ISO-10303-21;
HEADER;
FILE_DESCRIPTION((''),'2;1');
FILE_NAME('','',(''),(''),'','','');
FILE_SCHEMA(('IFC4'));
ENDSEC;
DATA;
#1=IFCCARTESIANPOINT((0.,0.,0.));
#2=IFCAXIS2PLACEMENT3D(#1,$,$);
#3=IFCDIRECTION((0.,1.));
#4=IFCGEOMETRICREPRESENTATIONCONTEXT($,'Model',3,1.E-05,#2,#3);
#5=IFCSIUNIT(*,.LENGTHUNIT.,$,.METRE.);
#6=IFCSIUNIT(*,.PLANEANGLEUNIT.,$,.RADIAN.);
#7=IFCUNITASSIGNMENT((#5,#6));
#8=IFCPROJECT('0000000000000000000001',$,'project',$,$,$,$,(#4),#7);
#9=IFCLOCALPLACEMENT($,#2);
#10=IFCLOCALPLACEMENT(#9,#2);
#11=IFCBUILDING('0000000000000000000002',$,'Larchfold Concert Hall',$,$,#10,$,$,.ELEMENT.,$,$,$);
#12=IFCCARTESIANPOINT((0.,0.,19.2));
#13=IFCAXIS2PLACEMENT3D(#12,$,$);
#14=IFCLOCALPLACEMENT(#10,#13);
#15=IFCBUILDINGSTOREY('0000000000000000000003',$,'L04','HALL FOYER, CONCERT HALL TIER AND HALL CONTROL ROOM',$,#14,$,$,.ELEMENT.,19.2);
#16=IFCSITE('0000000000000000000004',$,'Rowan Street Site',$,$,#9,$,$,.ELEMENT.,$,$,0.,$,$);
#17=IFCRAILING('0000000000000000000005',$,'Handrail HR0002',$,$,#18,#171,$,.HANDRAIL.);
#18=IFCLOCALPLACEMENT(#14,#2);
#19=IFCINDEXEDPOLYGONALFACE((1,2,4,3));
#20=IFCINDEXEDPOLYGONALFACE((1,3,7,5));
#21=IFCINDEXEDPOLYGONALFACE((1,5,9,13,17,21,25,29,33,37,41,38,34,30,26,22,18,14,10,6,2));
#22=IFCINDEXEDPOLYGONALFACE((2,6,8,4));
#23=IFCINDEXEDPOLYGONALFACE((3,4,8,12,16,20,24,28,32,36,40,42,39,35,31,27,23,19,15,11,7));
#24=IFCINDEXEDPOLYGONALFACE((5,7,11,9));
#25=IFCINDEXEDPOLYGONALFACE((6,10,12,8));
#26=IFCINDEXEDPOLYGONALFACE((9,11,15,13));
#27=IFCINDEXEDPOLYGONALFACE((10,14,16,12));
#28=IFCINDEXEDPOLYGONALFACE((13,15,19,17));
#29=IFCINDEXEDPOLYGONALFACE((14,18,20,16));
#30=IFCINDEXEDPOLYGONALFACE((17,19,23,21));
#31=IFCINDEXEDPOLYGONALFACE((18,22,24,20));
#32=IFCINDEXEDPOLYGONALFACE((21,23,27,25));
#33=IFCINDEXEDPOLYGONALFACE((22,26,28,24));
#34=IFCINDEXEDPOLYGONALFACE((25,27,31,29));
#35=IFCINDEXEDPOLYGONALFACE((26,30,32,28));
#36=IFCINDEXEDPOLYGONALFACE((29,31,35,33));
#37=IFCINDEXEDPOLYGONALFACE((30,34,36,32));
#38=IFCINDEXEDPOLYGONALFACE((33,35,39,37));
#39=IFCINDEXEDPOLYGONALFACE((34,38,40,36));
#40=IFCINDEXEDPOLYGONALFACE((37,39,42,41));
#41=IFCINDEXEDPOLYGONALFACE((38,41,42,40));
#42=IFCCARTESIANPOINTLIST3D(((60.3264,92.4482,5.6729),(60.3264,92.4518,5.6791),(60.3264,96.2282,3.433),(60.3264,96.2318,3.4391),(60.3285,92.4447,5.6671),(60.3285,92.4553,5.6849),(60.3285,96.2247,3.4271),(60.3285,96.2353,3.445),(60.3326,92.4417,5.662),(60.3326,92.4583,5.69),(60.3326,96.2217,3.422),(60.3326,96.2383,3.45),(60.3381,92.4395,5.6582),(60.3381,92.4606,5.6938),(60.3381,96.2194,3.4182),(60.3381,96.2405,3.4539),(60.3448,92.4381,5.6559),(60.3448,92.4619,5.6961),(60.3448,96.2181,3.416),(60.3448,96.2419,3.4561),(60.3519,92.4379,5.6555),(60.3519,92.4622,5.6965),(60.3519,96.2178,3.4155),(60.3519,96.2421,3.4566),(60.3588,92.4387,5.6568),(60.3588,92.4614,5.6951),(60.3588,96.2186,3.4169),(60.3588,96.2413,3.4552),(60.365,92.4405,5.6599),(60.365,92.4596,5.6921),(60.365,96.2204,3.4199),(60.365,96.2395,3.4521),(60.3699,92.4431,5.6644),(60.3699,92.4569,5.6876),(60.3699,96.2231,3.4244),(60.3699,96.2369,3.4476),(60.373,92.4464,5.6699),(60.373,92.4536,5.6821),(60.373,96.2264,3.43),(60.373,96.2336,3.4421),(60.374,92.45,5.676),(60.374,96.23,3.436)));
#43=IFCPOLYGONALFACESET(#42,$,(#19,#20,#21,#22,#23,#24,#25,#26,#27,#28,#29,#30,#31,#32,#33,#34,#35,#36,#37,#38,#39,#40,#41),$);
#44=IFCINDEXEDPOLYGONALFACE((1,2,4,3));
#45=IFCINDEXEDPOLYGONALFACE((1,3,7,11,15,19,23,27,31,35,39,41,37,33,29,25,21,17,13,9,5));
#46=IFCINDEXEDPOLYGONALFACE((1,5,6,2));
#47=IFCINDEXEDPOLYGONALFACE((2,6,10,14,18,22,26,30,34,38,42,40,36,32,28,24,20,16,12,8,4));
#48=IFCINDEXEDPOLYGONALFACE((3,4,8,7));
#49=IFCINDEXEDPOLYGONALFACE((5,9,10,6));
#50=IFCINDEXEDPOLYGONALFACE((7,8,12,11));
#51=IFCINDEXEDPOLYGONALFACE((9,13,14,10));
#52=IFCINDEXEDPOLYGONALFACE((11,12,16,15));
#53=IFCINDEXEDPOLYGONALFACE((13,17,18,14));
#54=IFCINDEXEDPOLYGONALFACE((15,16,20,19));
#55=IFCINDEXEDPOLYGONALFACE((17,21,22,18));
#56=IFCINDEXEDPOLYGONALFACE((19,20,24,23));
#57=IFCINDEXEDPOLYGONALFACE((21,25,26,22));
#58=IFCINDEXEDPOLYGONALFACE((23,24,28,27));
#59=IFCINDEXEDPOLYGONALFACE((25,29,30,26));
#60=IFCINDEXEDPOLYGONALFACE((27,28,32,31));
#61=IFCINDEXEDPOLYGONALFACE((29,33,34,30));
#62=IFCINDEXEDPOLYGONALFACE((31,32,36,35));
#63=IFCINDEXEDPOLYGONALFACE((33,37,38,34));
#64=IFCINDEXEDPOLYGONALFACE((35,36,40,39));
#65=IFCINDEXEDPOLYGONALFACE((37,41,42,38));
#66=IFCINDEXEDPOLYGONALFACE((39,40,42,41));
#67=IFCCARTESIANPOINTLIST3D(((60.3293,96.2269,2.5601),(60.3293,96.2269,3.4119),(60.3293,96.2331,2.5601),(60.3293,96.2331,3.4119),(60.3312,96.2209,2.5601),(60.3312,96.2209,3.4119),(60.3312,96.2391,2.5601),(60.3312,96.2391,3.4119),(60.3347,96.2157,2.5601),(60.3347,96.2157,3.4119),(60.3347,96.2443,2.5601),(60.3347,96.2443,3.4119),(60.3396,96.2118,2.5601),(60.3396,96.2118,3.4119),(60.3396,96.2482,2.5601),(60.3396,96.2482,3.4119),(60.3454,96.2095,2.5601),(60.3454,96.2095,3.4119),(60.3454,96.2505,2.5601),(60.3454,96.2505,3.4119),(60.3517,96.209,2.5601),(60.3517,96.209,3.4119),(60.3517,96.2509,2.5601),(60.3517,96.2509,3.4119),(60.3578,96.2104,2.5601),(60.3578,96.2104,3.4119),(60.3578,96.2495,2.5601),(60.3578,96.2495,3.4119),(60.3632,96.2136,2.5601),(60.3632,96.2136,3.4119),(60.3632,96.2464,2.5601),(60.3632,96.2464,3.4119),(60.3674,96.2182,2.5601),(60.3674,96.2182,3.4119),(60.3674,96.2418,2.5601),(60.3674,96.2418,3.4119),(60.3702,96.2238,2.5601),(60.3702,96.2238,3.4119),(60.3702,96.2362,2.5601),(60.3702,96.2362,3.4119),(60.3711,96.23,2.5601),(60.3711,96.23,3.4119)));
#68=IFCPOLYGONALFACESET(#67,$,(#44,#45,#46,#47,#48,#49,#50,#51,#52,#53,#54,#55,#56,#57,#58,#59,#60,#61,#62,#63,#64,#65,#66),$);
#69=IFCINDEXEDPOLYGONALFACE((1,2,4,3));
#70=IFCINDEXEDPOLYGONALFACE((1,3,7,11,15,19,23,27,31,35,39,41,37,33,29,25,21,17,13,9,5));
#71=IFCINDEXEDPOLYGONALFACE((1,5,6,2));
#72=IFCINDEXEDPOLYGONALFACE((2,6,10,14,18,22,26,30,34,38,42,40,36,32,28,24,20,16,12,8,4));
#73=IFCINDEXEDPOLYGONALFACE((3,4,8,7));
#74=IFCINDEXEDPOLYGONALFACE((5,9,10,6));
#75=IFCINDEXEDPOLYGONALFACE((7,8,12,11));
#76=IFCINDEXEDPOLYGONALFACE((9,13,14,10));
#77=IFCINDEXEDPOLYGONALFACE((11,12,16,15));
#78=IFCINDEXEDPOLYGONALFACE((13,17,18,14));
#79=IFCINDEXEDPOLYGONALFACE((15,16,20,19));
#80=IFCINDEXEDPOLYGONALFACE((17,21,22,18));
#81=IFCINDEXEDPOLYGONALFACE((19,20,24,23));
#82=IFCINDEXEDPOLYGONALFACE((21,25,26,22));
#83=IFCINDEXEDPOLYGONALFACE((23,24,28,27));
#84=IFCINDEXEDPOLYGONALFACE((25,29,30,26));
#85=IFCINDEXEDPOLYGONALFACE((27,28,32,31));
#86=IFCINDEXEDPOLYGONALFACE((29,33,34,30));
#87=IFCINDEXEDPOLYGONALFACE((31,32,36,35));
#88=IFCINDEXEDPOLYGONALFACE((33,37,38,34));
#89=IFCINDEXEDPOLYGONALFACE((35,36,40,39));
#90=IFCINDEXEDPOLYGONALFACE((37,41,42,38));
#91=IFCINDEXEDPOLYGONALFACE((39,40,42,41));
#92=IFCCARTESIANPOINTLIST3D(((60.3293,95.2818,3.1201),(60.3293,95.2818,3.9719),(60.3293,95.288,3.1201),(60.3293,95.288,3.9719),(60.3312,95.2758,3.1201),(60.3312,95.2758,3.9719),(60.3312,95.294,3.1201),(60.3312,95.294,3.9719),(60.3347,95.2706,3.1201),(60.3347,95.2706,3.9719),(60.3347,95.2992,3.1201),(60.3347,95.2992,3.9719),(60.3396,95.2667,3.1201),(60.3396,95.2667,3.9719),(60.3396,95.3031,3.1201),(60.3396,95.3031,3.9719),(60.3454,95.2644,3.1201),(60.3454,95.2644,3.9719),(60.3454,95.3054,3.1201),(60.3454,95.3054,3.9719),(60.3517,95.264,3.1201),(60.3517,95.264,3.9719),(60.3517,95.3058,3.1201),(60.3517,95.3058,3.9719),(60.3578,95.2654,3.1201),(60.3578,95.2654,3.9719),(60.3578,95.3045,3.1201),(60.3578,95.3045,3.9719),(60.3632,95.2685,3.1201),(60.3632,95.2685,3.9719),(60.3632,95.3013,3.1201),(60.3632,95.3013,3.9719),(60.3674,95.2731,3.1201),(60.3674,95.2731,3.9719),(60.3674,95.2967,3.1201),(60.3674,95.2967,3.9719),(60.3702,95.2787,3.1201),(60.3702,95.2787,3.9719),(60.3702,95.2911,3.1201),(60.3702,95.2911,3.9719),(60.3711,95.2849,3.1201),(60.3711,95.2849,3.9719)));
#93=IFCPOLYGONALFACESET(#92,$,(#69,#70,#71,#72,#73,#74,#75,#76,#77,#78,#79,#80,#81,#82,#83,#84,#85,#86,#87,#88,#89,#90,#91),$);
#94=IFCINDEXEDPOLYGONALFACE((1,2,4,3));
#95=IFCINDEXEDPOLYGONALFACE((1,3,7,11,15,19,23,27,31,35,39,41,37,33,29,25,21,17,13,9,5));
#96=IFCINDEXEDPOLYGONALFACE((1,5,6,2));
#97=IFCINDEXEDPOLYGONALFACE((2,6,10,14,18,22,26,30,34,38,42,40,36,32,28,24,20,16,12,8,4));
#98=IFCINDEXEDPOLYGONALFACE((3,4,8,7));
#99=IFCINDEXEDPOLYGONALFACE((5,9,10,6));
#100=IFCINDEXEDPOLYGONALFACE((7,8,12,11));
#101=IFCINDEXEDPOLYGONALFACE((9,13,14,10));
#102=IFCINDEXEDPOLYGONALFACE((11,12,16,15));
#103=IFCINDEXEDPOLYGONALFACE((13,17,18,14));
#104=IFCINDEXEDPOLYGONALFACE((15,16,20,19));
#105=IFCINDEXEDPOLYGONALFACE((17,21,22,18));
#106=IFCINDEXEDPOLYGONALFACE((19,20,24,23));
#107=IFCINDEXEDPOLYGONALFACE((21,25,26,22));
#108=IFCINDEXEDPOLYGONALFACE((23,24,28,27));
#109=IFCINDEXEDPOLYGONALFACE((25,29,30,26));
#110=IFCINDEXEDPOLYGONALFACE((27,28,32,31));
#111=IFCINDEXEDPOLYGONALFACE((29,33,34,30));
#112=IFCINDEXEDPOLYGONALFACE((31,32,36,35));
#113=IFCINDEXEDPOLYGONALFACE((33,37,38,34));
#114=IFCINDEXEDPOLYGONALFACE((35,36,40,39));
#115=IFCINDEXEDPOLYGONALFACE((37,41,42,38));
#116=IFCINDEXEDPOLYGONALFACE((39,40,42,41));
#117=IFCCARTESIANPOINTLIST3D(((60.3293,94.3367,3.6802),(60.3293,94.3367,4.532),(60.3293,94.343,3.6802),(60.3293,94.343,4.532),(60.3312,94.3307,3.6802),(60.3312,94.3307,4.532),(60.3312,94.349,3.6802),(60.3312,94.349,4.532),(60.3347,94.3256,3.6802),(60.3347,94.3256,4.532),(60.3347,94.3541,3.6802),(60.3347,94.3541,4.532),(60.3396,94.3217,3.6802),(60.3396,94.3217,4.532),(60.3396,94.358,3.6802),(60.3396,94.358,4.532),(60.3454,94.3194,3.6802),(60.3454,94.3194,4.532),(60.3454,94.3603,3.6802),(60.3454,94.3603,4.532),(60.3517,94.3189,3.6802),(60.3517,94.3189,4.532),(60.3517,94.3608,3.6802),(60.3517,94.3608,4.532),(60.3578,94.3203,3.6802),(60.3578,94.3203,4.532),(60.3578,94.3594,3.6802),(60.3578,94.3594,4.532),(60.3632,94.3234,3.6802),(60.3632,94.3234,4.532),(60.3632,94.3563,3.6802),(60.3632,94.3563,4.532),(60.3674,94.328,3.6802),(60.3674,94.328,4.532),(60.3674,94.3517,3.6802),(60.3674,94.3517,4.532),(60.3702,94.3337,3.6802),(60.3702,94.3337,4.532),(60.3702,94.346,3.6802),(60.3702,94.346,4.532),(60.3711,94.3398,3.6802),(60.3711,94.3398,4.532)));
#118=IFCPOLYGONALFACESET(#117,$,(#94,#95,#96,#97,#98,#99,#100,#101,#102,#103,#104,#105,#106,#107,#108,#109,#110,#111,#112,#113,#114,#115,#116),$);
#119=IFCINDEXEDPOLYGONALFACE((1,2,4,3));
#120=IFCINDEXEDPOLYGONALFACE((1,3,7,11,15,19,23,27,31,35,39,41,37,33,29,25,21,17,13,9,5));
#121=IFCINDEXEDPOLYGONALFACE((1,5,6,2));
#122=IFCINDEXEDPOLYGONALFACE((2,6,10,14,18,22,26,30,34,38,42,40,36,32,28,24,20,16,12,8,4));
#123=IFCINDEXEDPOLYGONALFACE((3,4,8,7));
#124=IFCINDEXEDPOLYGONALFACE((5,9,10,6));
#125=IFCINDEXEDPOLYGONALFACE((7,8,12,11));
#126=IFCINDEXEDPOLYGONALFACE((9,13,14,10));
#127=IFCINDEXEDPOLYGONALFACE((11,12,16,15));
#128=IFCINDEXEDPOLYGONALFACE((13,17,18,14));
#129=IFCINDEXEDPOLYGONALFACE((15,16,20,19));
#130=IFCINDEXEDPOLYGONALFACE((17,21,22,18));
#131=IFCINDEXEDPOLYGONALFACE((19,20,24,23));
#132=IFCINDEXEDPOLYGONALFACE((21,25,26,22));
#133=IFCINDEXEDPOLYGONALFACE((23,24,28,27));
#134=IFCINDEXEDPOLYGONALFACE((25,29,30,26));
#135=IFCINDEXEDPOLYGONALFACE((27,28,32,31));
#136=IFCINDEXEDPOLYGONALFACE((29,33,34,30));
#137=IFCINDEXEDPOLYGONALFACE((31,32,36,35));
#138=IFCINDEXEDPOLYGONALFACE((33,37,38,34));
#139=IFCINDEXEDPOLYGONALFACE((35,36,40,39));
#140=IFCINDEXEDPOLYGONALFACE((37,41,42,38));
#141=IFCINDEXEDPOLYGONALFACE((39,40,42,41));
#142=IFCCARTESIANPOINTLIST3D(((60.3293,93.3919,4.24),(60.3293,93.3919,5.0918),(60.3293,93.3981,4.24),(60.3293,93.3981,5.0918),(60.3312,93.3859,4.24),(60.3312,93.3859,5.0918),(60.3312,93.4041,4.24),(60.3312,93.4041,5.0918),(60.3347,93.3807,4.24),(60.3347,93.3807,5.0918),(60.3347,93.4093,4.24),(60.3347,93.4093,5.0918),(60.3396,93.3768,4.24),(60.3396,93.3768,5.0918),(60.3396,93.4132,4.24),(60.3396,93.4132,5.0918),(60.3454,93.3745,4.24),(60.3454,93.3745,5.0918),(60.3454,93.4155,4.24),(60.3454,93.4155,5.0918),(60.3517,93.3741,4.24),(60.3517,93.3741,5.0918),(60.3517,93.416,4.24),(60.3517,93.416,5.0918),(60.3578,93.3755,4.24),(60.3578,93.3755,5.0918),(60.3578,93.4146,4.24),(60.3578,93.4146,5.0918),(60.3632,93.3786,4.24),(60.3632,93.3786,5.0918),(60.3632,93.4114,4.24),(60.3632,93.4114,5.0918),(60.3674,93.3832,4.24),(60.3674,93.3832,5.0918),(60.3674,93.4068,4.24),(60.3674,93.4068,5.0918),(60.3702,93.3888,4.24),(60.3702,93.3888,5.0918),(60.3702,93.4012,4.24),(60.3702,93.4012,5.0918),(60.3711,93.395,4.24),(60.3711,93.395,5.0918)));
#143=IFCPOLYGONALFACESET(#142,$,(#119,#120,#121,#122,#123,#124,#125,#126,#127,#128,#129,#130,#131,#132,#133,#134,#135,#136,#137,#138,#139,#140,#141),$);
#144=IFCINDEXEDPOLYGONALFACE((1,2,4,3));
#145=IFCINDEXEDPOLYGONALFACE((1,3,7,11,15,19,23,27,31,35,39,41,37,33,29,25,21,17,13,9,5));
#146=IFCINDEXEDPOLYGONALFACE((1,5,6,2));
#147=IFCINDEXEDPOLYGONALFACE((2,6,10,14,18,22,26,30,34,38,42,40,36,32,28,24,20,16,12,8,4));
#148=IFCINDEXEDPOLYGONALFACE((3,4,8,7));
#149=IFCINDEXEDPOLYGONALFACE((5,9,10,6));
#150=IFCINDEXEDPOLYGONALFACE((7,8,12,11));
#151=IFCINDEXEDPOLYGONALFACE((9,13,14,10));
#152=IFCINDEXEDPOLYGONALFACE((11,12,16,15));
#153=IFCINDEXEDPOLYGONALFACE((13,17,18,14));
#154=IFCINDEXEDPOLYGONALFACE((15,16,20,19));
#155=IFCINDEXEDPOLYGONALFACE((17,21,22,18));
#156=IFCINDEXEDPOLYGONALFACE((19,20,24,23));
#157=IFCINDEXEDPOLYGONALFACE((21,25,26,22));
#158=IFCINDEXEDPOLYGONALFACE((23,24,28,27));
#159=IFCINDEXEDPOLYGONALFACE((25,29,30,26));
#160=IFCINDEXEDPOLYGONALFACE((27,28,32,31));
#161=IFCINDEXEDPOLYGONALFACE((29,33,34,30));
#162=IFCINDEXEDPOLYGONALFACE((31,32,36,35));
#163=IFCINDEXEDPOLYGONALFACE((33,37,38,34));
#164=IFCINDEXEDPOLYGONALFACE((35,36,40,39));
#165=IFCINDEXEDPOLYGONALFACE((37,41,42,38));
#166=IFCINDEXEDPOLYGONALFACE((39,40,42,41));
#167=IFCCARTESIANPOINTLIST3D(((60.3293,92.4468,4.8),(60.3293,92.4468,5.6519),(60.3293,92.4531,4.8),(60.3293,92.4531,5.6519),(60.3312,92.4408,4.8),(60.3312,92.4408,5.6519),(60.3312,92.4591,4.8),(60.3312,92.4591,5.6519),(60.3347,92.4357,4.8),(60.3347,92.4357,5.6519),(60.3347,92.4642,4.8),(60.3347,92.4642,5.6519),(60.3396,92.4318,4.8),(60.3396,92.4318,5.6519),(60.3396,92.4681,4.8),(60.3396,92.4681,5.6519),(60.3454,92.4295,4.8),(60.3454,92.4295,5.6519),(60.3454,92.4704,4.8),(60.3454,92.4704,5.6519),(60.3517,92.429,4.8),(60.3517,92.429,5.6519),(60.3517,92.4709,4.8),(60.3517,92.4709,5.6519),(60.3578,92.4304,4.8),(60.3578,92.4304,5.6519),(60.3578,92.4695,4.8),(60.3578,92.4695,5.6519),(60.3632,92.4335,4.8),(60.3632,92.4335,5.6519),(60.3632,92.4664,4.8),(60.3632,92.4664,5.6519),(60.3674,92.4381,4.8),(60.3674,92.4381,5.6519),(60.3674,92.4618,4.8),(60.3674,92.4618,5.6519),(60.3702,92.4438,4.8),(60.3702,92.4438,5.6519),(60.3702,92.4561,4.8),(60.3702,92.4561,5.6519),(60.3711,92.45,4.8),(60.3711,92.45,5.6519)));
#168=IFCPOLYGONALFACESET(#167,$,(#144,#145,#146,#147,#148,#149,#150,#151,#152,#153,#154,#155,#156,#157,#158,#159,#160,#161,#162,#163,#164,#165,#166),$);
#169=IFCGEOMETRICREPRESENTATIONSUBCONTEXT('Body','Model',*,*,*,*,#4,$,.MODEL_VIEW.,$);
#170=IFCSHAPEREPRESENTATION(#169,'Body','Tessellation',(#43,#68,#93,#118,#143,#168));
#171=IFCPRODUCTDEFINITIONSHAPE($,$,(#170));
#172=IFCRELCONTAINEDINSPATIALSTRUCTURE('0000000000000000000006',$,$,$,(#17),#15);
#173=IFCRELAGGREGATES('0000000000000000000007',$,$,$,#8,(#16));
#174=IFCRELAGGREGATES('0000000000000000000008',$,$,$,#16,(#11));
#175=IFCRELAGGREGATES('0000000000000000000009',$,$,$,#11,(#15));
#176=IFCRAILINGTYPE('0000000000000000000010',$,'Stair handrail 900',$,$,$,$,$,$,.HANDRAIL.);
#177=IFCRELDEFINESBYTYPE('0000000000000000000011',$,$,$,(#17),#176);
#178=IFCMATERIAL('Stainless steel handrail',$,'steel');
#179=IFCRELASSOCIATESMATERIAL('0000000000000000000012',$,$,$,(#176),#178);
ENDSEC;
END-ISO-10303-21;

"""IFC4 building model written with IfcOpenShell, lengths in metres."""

from ifc_helpers import new_model, si_unit, direction, frame, origin, origin_2d, place, context, subcontext, project, spatial, circle, extrude, material, type_object, element, save


model = new_model("IFC4")

# Units and contexts
model_context = context("Model", 3, precision=1e-05, world=origin(), true_north=direction((0.0, 1.0)))
body_context = subcontext(model_context, "Body", "Model", "MODEL_VIEW")
ifc_project = project(units=[si_unit("LENGTHUNIT", "METRE"), si_unit("PLANEANGLEUNIT", "RADIAN")], contexts=[model_context])

# Site, building, storey
site_placement = place(None, origin())
site = spatial("IfcSite", under=ifc_project, at=site_placement, Name="Rowan Street Site", CompositionType="ELEMENT", RefElevation=0.0)
building_placement = place(site_placement, origin())
building = spatial("IfcBuilding", under=site, at=building_placement, Name="Larchfold Concert Hall", CompositionType="ELEMENT")
storey_placement = place(building_placement, frame((0.0, 0.0, 19.2)))
storey = spatial("IfcBuildingStorey", under=building, at=storey_placement, Name="L04", Description="HALL FOYER, CONCERT HALL TIER AND HALL CONTROL ROOM", CompositionType="ELEMENT", Elevation=19.2)

# Railing
ifc_material_1 = material(Name="Stainless steel handrail", Category="steel")
railing_type_1 = type_object("IfcRailingType", Name="Stair handrail 900", PredefinedType="HANDRAIL", material=ifc_material_1)
railing_1_placement = place(storey_placement, frame((60.3501, 96.23, 2.5601)))
element("IfcRailing", 1, at=railing_1_placement, inside=storey, type_object=railing_type_1, Name="Handrail HR0002", PredefinedType="HANDRAIL", context=body_context, shape_type="SweptSolid", body=[
    extrude(circle(Radius=0.0239, at=origin_2d()), frame((0.0, 0.0, 0.876), z_axis=(0.0, -0.860294, 0.509798), x_axis=(1.0, 0.0, 0.0)), (0.0, 0.0, 1.0), 4.3938),
    extrude(circle(Radius=0.021, at=origin_2d()), origin(), (0.0, 0.0, 1.0), 0.8518),
    extrude(circle(Radius=0.021, at=origin_2d()), frame((0.0, -0.9451, 0.5601)), (0.0, 0.0, 1.0), 0.8518),
    extrude(circle(Radius=0.021, at=origin_2d()), frame((0.0, -1.8901, 1.1201)), (0.0, 0.0, 1.0), 0.8518),
    extrude(circle(Radius=0.021, at=origin_2d()), frame((0.0, -2.835, 1.6799)), (0.0, 0.0, 1.0), 0.8518),
    extrude(circle(Radius=0.021, at=origin_2d()), frame((0.0, -3.78, 2.24)), (0.0, 0.0, 1.0), 0.8518),
])

save(model, "model.ifc")
